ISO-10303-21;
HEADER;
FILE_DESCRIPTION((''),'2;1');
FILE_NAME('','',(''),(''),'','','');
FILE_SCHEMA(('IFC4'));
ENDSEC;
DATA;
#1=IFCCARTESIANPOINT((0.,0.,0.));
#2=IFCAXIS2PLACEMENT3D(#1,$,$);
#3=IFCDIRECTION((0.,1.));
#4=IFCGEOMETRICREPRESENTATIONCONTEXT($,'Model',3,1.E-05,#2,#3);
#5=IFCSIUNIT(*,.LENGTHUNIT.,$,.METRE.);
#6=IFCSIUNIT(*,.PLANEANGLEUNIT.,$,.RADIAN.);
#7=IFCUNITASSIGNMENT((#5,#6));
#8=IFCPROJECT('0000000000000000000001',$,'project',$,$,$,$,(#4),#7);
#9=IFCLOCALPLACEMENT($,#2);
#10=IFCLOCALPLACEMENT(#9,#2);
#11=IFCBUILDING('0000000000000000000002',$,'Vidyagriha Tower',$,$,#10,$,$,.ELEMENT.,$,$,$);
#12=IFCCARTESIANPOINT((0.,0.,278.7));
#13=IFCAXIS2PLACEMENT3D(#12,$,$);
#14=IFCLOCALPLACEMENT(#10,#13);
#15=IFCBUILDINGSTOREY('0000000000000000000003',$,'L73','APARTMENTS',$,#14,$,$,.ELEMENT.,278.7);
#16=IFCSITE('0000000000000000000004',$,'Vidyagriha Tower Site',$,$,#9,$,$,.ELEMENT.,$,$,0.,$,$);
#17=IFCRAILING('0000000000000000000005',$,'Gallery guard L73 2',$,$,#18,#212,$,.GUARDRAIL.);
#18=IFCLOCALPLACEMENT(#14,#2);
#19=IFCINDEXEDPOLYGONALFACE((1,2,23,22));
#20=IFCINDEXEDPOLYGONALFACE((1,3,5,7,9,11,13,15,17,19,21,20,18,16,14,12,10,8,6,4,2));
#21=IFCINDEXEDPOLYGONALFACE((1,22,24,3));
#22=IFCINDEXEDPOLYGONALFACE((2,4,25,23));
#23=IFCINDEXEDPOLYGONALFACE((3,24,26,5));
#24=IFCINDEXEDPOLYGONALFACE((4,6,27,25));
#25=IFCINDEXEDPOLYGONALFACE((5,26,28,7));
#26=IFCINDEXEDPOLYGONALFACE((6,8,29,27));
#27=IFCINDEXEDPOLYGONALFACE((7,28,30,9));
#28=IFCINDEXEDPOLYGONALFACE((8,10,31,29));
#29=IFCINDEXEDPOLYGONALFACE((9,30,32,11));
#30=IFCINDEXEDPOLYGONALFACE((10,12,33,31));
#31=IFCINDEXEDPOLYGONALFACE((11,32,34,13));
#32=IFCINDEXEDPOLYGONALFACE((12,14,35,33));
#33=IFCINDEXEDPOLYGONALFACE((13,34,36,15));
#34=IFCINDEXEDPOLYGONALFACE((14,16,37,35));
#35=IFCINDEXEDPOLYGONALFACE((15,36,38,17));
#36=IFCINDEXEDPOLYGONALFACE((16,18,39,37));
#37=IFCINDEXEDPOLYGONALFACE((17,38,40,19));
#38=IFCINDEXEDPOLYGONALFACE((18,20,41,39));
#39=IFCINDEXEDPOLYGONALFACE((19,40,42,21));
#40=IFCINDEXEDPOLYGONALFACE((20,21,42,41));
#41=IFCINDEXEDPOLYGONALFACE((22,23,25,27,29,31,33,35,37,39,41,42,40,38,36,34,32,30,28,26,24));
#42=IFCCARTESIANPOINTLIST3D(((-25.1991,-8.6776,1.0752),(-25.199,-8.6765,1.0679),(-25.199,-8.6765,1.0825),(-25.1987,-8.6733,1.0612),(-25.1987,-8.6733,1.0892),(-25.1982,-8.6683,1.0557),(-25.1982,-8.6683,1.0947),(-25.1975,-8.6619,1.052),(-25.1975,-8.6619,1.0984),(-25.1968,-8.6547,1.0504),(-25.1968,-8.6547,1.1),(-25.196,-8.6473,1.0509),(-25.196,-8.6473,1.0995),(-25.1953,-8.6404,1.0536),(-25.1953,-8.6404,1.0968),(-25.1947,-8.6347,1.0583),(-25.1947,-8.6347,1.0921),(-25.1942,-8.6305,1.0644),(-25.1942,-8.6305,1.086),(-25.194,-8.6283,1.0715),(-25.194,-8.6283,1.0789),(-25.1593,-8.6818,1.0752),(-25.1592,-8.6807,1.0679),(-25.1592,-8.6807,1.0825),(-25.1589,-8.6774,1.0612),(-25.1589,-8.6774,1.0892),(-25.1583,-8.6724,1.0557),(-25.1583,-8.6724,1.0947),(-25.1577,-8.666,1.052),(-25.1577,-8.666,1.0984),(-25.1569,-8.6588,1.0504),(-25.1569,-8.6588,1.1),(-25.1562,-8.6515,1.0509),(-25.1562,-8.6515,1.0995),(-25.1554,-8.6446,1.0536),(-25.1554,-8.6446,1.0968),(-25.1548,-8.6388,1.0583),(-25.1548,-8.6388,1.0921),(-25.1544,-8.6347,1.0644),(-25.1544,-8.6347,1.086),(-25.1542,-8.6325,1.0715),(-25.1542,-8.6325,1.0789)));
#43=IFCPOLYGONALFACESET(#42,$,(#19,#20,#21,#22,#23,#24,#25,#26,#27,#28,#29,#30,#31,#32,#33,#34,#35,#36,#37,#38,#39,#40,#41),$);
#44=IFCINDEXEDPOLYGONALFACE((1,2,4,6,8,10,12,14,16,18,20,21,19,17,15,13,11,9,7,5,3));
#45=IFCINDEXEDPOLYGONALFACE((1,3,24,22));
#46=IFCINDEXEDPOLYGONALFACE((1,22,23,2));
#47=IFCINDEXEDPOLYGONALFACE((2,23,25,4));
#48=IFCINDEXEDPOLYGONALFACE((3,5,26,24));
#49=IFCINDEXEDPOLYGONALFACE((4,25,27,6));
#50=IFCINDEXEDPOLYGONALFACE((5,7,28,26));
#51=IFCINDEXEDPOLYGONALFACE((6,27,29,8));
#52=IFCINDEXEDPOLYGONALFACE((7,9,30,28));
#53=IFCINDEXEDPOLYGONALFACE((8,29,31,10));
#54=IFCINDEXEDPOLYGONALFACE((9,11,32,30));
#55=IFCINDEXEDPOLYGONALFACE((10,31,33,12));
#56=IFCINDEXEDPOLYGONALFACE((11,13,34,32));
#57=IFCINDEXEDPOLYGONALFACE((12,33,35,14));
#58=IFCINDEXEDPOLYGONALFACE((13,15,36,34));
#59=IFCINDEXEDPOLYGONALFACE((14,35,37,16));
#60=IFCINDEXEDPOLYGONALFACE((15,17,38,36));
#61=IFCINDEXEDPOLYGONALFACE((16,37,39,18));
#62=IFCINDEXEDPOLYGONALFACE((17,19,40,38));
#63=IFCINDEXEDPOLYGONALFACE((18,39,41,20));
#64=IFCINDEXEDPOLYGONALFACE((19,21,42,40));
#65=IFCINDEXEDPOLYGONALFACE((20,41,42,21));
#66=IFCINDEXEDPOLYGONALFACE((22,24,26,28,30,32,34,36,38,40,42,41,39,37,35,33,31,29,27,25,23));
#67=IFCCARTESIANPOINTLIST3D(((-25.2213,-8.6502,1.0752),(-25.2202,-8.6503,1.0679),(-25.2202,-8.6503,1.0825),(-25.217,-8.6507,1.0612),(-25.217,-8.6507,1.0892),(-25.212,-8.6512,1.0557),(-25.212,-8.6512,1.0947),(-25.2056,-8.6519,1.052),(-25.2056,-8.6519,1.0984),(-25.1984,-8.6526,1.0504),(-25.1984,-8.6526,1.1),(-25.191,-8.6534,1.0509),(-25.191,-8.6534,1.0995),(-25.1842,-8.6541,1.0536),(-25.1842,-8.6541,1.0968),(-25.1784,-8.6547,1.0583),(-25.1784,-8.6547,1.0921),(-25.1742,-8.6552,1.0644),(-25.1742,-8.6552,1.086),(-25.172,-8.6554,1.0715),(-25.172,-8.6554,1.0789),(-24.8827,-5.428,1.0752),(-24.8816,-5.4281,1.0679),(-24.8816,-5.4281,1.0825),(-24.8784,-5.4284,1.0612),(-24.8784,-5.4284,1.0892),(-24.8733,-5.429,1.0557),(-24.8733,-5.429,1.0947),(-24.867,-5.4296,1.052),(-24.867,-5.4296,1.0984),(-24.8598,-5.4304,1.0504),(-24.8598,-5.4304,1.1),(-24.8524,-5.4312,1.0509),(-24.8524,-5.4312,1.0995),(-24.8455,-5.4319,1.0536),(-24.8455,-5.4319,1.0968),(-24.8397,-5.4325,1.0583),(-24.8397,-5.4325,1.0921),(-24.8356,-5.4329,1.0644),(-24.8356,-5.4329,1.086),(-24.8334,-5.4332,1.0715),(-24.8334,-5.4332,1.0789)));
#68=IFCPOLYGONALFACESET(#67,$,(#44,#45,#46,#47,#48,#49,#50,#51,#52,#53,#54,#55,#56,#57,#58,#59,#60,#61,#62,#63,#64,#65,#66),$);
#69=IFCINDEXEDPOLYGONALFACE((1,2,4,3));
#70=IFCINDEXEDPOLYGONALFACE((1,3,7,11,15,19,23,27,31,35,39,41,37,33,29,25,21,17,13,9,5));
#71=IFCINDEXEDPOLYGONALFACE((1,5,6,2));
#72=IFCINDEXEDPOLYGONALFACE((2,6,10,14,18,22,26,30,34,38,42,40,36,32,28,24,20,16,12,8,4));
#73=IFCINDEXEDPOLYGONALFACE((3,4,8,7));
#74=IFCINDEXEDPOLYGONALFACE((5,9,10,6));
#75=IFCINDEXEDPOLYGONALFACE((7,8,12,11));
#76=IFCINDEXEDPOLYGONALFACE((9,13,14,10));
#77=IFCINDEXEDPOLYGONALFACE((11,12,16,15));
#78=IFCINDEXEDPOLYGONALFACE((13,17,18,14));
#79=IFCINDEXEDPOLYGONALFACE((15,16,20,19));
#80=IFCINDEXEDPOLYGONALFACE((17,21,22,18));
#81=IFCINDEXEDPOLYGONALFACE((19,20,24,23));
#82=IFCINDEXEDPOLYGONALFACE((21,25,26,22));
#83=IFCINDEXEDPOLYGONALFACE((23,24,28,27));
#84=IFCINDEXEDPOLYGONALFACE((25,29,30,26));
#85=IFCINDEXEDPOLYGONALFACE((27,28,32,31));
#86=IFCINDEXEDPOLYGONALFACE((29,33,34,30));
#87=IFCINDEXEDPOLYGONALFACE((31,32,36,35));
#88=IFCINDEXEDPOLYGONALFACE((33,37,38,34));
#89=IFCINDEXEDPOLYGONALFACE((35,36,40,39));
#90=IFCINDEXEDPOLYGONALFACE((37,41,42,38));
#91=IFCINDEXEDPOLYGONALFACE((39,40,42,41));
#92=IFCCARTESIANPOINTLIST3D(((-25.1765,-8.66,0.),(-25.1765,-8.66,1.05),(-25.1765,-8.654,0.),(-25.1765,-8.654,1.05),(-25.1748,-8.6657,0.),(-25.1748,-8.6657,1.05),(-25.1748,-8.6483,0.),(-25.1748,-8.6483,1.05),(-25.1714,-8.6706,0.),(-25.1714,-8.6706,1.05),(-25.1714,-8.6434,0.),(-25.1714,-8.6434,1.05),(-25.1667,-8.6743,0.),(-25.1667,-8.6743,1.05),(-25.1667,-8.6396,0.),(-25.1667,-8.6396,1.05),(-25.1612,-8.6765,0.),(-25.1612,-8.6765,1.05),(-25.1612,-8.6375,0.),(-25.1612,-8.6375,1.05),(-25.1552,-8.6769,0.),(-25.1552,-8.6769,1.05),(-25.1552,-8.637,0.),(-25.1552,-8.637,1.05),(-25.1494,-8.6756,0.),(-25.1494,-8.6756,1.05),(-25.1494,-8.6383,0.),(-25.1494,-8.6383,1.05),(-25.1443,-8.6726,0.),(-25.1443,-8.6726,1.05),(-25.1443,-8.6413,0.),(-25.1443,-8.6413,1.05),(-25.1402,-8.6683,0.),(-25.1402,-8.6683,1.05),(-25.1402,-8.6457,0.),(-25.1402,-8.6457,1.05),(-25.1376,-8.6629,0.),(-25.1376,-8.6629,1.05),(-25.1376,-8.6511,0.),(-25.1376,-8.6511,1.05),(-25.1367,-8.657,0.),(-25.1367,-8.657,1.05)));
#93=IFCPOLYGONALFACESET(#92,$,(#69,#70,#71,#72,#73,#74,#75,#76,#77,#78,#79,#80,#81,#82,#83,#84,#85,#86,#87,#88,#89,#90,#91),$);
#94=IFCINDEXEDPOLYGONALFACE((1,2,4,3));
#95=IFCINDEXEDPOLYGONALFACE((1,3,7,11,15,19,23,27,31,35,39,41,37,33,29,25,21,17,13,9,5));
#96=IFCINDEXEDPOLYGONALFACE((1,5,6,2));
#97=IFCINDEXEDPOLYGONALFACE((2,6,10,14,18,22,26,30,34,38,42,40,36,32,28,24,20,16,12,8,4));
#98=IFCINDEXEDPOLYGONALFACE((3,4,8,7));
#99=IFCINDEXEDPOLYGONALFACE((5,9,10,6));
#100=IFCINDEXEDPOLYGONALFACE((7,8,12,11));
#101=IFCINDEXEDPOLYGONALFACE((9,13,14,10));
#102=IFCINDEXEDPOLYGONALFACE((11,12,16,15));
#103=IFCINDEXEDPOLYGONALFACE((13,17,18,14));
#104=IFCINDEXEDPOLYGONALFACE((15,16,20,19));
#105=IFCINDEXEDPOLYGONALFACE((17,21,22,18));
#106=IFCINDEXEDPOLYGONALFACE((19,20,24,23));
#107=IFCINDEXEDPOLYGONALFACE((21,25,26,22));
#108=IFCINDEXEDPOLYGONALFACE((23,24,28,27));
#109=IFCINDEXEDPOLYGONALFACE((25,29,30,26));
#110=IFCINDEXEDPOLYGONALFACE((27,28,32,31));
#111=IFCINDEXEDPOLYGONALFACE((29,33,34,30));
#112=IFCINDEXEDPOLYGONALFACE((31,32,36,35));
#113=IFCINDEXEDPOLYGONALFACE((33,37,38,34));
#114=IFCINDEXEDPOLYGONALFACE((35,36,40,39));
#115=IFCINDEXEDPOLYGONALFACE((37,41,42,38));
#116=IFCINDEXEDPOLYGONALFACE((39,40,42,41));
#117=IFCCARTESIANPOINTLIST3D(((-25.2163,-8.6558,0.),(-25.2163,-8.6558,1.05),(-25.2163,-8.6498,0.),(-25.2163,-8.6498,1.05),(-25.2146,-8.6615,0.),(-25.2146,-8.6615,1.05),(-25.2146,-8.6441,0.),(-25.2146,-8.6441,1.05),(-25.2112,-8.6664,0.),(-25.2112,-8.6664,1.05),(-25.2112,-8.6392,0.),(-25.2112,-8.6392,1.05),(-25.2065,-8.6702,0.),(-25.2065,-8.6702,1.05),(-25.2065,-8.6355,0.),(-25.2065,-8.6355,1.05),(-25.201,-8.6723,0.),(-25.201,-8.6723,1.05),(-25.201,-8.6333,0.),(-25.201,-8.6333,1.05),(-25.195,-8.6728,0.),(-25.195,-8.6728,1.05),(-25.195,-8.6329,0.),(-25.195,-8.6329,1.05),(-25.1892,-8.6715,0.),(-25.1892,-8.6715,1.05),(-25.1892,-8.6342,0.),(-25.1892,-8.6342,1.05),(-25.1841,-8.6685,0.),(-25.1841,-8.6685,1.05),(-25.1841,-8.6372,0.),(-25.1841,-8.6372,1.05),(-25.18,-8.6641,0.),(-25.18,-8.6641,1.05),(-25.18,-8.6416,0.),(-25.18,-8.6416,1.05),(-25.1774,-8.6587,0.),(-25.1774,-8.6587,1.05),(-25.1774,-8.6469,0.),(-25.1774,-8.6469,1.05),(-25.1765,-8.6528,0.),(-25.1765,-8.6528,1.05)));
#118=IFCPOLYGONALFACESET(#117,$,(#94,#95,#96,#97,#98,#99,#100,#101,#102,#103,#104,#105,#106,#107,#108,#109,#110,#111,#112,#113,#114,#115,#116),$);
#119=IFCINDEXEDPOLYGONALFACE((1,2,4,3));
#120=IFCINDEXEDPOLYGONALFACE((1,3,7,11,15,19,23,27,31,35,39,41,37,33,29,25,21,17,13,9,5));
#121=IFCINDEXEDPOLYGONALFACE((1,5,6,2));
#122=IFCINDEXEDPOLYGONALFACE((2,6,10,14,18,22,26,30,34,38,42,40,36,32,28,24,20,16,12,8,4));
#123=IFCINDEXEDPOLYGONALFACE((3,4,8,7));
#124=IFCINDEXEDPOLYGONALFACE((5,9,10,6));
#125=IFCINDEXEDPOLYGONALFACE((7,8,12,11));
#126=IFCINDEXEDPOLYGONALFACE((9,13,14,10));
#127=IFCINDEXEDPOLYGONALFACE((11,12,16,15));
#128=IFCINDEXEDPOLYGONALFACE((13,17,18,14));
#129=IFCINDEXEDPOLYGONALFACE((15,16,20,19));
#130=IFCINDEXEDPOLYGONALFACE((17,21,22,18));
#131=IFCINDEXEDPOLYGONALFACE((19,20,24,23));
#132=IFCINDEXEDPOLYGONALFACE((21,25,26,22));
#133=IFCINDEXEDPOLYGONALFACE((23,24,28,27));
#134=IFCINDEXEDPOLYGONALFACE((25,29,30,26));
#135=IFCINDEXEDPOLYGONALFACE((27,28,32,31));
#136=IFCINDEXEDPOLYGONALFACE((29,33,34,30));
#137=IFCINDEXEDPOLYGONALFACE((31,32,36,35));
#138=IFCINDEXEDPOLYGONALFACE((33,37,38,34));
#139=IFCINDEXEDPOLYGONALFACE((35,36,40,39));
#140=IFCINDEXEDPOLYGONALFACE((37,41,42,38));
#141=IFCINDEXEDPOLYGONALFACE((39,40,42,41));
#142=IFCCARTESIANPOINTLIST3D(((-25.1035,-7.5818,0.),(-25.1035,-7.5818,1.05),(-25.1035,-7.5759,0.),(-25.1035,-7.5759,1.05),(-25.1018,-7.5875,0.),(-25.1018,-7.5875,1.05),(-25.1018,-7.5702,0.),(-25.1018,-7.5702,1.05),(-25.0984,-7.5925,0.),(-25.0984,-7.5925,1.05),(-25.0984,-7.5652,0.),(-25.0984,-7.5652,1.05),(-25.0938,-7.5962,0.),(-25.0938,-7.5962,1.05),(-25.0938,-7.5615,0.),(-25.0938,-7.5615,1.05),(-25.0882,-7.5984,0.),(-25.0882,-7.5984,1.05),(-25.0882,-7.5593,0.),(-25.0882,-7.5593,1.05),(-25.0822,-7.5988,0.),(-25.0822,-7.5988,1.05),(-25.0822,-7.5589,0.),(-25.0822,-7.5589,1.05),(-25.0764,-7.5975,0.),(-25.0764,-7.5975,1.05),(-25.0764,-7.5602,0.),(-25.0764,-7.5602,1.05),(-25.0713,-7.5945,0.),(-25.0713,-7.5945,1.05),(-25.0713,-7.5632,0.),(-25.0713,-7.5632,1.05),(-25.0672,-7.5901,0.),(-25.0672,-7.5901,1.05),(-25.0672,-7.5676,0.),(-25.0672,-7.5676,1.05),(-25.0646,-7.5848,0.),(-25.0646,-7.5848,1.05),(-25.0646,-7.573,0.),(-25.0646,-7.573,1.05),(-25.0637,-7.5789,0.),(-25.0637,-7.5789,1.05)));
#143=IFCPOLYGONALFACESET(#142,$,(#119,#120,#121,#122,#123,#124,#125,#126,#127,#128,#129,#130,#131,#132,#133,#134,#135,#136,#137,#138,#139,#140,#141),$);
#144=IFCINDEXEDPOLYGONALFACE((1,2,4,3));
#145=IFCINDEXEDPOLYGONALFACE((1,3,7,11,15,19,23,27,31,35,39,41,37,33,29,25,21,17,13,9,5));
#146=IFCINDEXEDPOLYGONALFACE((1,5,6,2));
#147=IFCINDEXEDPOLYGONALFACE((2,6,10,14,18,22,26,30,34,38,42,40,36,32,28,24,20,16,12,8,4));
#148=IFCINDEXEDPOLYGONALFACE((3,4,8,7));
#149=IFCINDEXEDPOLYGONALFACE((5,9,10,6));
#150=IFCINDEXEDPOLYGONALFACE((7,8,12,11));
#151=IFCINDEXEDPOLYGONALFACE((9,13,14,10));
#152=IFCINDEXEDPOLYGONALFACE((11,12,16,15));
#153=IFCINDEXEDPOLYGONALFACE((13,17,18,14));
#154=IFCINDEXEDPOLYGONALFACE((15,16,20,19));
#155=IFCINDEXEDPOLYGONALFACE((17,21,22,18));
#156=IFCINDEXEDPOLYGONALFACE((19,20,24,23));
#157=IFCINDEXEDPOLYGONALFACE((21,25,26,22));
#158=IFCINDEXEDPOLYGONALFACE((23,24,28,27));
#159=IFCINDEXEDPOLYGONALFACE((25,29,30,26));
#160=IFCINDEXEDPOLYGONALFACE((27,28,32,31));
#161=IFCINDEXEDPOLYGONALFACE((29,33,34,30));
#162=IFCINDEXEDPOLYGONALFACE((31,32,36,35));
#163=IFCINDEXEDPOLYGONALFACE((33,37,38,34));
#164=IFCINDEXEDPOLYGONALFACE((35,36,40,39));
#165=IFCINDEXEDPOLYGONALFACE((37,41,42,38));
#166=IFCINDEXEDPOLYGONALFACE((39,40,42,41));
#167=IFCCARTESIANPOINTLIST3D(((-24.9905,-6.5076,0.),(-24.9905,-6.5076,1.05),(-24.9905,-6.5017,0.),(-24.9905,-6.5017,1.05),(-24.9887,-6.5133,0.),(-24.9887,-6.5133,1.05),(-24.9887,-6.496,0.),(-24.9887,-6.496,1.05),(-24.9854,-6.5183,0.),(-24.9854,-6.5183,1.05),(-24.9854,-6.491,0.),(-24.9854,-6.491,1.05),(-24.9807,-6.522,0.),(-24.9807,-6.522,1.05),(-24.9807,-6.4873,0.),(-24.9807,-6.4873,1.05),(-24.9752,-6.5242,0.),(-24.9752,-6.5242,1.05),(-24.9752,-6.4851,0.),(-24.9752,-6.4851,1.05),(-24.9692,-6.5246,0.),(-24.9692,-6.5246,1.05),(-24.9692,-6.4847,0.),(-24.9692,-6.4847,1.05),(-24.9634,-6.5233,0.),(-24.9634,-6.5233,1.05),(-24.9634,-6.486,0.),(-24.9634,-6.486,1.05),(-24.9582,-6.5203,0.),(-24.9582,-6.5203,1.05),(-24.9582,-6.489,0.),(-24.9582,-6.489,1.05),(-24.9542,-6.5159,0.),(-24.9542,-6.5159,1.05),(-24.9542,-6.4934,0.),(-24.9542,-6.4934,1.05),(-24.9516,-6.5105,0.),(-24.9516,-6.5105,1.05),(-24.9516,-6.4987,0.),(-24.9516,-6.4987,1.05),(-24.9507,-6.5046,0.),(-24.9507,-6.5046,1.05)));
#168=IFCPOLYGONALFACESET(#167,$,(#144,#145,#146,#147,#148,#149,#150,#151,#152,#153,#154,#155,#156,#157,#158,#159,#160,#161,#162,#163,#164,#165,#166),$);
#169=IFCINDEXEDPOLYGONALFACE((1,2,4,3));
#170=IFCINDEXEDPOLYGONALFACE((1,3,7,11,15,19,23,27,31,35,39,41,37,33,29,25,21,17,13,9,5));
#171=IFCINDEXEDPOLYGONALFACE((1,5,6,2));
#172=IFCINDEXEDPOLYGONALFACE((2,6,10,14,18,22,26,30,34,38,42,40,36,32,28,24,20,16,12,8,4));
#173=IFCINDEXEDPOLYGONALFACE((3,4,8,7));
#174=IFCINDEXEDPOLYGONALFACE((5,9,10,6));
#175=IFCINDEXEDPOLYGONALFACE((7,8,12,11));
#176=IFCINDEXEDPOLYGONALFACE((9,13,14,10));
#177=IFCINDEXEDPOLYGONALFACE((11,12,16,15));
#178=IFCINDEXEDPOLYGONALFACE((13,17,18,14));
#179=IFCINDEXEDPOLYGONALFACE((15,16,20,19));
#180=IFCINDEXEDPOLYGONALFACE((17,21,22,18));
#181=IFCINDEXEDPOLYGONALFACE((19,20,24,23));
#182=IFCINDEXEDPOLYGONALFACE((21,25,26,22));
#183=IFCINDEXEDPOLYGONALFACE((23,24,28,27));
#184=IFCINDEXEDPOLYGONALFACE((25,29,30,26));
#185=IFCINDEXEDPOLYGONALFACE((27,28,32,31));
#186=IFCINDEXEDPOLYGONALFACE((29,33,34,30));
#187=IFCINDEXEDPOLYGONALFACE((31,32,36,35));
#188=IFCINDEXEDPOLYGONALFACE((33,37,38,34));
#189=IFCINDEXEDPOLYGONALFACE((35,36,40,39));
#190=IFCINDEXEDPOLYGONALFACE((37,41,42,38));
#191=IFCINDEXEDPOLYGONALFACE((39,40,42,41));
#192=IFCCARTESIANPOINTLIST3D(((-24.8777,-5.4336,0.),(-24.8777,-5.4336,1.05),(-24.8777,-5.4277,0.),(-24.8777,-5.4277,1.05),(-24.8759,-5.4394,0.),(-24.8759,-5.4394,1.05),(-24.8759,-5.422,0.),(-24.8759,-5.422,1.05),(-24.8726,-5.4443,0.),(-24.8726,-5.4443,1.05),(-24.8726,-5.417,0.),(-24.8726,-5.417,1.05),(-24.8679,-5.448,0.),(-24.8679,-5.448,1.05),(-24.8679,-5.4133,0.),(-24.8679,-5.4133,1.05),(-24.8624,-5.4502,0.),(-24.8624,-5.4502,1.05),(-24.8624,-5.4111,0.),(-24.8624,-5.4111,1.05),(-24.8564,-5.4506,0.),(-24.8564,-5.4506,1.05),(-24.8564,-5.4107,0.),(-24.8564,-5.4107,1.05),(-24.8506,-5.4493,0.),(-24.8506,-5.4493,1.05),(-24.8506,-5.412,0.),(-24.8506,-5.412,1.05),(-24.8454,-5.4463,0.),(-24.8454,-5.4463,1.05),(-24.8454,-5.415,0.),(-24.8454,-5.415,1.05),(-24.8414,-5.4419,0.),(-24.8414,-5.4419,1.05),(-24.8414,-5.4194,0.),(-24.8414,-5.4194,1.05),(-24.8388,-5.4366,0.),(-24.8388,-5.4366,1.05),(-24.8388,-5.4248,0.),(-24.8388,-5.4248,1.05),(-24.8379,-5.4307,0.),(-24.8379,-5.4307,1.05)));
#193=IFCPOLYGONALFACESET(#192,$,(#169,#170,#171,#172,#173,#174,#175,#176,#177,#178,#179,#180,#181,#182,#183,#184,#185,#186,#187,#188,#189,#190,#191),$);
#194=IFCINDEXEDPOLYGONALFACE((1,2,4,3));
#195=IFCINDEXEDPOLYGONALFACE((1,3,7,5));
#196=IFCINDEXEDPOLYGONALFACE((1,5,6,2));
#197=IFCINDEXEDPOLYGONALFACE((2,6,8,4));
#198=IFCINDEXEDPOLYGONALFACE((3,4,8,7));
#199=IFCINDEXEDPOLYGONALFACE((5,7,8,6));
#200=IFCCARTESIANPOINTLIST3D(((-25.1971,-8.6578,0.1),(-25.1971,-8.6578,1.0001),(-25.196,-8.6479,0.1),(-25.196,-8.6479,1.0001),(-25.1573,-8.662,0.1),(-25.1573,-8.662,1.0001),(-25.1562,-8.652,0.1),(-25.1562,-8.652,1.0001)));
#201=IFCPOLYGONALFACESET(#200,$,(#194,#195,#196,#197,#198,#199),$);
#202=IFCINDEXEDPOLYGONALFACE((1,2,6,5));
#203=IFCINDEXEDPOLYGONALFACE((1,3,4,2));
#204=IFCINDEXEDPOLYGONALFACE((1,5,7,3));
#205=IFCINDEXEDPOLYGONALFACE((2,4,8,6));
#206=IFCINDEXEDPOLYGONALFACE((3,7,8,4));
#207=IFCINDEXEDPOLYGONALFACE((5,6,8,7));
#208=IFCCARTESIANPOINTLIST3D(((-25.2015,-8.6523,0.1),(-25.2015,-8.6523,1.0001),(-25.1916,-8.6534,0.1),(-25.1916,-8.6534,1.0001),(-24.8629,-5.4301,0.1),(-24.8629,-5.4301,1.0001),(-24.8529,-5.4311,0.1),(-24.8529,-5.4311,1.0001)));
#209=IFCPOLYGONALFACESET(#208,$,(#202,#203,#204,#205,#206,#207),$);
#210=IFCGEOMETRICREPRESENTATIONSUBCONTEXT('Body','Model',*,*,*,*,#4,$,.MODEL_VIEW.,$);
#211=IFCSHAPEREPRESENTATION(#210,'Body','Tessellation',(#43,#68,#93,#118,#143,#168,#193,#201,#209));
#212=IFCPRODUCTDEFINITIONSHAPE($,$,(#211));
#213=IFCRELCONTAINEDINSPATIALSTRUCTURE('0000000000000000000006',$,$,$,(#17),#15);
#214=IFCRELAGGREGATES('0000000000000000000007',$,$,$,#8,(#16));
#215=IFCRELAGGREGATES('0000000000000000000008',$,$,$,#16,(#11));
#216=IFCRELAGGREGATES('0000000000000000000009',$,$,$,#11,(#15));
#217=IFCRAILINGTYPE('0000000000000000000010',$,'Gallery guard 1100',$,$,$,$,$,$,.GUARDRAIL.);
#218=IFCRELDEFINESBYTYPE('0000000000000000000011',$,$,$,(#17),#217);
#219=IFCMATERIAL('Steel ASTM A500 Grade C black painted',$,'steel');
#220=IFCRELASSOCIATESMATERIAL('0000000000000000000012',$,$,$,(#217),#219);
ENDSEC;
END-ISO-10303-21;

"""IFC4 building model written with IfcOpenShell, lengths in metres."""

from ifc_helpers import new_model, si_unit, direction, frame, origin, origin_2d, place, context, subcontext, project, spatial, rectangle, circle, extrude, material, type_object, element, save


model = new_model("IFC4")

# Units and contexts
model_context = context("Model", 3, precision=1e-05, world=origin(), true_north=direction((0.0, 1.0)))
body_context = subcontext(model_context, "Body", "Model", "MODEL_VIEW")
ifc_project = project(units=[si_unit("LENGTHUNIT", "METRE"), si_unit("PLANEANGLEUNIT", "RADIAN")], contexts=[model_context])

# Site, building, storey
site_placement = place(None, origin())
site = spatial("IfcSite", under=ifc_project, at=site_placement, Name="Vidyagriha Tower Site", CompositionType="ELEMENT", RefElevation=0.0)
building_placement = place(site_placement, origin())
building = spatial("IfcBuilding", under=site, at=building_placement, Name="Vidyagriha Tower", CompositionType="ELEMENT")
storey_placement = place(building_placement, frame((0.0, 0.0, 278.7)))
storey = spatial("IfcBuildingStorey", under=building, at=storey_placement, Name="L73", Description="APARTMENTS", CompositionType="ELEMENT", Elevation=278.7)

# Railing
ifc_material_1 = material(Name="Steel ASTM A500 Grade C black painted", Category="steel")
railing_type_1 = type_object("IfcRailingType", Name="Gallery guard 1100", PredefinedType="GUARDRAIL", material=ifc_material_1)
railing_1_placement = place(storey_placement, frame((-25.1567, -8.657, 0.0)))
element("IfcRailing", 1, at=railing_1_placement, inside=storey, type_object=railing_type_1, Name="Gallery guard L73 2", PredefinedType="GUARDRAIL", context=body_context, shape_type="SweptSolid", body=[
    extrude(circle(Radius=0.0249, at=origin_2d()), frame((0.0, 0.0, 1.0752), z_axis=(-0.994605, 0.103732, 0.0), x_axis=(-0.103732, -0.994605, 0.0)), (0.0, 0.0, 1.0), 0.04),
    extrude(circle(Radius=0.0249, at=origin_2d()), frame((-0.0398, 0.0042, 1.0752), z_axis=(0.104516, 0.994523, 0.0), x_axis=(-0.994523, 0.104516, 0.0)), (0.0, 0.0, 1.0), 3.24),
    extrude(circle(Radius=0.02, at=origin_2d()), origin(), (0.0, 0.0, 1.0), 1.05),
    extrude(circle(Radius=0.02, at=origin_2d()), frame((-0.0398, 0.0042, 0.0)), (0.0, 0.0, 1.0), 1.05),
    extrude(circle(Radius=0.02, at=origin_2d()), frame((0.073, 1.0781, 0.0)), (0.0, 0.0, 1.0), 1.05),
    extrude(circle(Radius=0.02, at=origin_2d()), frame((0.186, 2.1523, 0.0)), (0.0, 0.0, 1.0), 1.05),
    extrude(circle(Radius=0.02, at=origin_2d()), frame((0.2988, 3.2263, 0.0)), (0.0, 0.0, 1.0), 1.05),
    extrude(rectangle(XDim=0.01, YDim=0.9001, at=origin_2d()), frame((0.0, 0.0, 0.55), z_axis=(-0.994605, 0.103732, 0.0), x_axis=(-0.103732, -0.994605, 0.0)), (0.0, 0.0, 1.0), 0.04),
    extrude(rectangle(XDim=0.01, YDim=0.9001, at=origin_2d()), frame((-0.0398, 0.0042, 0.55), z_axis=(0.104516, 0.994523, 0.0), x_axis=(-0.994523, 0.104516, 0.0)), (0.0, 0.0, 1.0), 3.24),
])

save(model, "model.ifc")
